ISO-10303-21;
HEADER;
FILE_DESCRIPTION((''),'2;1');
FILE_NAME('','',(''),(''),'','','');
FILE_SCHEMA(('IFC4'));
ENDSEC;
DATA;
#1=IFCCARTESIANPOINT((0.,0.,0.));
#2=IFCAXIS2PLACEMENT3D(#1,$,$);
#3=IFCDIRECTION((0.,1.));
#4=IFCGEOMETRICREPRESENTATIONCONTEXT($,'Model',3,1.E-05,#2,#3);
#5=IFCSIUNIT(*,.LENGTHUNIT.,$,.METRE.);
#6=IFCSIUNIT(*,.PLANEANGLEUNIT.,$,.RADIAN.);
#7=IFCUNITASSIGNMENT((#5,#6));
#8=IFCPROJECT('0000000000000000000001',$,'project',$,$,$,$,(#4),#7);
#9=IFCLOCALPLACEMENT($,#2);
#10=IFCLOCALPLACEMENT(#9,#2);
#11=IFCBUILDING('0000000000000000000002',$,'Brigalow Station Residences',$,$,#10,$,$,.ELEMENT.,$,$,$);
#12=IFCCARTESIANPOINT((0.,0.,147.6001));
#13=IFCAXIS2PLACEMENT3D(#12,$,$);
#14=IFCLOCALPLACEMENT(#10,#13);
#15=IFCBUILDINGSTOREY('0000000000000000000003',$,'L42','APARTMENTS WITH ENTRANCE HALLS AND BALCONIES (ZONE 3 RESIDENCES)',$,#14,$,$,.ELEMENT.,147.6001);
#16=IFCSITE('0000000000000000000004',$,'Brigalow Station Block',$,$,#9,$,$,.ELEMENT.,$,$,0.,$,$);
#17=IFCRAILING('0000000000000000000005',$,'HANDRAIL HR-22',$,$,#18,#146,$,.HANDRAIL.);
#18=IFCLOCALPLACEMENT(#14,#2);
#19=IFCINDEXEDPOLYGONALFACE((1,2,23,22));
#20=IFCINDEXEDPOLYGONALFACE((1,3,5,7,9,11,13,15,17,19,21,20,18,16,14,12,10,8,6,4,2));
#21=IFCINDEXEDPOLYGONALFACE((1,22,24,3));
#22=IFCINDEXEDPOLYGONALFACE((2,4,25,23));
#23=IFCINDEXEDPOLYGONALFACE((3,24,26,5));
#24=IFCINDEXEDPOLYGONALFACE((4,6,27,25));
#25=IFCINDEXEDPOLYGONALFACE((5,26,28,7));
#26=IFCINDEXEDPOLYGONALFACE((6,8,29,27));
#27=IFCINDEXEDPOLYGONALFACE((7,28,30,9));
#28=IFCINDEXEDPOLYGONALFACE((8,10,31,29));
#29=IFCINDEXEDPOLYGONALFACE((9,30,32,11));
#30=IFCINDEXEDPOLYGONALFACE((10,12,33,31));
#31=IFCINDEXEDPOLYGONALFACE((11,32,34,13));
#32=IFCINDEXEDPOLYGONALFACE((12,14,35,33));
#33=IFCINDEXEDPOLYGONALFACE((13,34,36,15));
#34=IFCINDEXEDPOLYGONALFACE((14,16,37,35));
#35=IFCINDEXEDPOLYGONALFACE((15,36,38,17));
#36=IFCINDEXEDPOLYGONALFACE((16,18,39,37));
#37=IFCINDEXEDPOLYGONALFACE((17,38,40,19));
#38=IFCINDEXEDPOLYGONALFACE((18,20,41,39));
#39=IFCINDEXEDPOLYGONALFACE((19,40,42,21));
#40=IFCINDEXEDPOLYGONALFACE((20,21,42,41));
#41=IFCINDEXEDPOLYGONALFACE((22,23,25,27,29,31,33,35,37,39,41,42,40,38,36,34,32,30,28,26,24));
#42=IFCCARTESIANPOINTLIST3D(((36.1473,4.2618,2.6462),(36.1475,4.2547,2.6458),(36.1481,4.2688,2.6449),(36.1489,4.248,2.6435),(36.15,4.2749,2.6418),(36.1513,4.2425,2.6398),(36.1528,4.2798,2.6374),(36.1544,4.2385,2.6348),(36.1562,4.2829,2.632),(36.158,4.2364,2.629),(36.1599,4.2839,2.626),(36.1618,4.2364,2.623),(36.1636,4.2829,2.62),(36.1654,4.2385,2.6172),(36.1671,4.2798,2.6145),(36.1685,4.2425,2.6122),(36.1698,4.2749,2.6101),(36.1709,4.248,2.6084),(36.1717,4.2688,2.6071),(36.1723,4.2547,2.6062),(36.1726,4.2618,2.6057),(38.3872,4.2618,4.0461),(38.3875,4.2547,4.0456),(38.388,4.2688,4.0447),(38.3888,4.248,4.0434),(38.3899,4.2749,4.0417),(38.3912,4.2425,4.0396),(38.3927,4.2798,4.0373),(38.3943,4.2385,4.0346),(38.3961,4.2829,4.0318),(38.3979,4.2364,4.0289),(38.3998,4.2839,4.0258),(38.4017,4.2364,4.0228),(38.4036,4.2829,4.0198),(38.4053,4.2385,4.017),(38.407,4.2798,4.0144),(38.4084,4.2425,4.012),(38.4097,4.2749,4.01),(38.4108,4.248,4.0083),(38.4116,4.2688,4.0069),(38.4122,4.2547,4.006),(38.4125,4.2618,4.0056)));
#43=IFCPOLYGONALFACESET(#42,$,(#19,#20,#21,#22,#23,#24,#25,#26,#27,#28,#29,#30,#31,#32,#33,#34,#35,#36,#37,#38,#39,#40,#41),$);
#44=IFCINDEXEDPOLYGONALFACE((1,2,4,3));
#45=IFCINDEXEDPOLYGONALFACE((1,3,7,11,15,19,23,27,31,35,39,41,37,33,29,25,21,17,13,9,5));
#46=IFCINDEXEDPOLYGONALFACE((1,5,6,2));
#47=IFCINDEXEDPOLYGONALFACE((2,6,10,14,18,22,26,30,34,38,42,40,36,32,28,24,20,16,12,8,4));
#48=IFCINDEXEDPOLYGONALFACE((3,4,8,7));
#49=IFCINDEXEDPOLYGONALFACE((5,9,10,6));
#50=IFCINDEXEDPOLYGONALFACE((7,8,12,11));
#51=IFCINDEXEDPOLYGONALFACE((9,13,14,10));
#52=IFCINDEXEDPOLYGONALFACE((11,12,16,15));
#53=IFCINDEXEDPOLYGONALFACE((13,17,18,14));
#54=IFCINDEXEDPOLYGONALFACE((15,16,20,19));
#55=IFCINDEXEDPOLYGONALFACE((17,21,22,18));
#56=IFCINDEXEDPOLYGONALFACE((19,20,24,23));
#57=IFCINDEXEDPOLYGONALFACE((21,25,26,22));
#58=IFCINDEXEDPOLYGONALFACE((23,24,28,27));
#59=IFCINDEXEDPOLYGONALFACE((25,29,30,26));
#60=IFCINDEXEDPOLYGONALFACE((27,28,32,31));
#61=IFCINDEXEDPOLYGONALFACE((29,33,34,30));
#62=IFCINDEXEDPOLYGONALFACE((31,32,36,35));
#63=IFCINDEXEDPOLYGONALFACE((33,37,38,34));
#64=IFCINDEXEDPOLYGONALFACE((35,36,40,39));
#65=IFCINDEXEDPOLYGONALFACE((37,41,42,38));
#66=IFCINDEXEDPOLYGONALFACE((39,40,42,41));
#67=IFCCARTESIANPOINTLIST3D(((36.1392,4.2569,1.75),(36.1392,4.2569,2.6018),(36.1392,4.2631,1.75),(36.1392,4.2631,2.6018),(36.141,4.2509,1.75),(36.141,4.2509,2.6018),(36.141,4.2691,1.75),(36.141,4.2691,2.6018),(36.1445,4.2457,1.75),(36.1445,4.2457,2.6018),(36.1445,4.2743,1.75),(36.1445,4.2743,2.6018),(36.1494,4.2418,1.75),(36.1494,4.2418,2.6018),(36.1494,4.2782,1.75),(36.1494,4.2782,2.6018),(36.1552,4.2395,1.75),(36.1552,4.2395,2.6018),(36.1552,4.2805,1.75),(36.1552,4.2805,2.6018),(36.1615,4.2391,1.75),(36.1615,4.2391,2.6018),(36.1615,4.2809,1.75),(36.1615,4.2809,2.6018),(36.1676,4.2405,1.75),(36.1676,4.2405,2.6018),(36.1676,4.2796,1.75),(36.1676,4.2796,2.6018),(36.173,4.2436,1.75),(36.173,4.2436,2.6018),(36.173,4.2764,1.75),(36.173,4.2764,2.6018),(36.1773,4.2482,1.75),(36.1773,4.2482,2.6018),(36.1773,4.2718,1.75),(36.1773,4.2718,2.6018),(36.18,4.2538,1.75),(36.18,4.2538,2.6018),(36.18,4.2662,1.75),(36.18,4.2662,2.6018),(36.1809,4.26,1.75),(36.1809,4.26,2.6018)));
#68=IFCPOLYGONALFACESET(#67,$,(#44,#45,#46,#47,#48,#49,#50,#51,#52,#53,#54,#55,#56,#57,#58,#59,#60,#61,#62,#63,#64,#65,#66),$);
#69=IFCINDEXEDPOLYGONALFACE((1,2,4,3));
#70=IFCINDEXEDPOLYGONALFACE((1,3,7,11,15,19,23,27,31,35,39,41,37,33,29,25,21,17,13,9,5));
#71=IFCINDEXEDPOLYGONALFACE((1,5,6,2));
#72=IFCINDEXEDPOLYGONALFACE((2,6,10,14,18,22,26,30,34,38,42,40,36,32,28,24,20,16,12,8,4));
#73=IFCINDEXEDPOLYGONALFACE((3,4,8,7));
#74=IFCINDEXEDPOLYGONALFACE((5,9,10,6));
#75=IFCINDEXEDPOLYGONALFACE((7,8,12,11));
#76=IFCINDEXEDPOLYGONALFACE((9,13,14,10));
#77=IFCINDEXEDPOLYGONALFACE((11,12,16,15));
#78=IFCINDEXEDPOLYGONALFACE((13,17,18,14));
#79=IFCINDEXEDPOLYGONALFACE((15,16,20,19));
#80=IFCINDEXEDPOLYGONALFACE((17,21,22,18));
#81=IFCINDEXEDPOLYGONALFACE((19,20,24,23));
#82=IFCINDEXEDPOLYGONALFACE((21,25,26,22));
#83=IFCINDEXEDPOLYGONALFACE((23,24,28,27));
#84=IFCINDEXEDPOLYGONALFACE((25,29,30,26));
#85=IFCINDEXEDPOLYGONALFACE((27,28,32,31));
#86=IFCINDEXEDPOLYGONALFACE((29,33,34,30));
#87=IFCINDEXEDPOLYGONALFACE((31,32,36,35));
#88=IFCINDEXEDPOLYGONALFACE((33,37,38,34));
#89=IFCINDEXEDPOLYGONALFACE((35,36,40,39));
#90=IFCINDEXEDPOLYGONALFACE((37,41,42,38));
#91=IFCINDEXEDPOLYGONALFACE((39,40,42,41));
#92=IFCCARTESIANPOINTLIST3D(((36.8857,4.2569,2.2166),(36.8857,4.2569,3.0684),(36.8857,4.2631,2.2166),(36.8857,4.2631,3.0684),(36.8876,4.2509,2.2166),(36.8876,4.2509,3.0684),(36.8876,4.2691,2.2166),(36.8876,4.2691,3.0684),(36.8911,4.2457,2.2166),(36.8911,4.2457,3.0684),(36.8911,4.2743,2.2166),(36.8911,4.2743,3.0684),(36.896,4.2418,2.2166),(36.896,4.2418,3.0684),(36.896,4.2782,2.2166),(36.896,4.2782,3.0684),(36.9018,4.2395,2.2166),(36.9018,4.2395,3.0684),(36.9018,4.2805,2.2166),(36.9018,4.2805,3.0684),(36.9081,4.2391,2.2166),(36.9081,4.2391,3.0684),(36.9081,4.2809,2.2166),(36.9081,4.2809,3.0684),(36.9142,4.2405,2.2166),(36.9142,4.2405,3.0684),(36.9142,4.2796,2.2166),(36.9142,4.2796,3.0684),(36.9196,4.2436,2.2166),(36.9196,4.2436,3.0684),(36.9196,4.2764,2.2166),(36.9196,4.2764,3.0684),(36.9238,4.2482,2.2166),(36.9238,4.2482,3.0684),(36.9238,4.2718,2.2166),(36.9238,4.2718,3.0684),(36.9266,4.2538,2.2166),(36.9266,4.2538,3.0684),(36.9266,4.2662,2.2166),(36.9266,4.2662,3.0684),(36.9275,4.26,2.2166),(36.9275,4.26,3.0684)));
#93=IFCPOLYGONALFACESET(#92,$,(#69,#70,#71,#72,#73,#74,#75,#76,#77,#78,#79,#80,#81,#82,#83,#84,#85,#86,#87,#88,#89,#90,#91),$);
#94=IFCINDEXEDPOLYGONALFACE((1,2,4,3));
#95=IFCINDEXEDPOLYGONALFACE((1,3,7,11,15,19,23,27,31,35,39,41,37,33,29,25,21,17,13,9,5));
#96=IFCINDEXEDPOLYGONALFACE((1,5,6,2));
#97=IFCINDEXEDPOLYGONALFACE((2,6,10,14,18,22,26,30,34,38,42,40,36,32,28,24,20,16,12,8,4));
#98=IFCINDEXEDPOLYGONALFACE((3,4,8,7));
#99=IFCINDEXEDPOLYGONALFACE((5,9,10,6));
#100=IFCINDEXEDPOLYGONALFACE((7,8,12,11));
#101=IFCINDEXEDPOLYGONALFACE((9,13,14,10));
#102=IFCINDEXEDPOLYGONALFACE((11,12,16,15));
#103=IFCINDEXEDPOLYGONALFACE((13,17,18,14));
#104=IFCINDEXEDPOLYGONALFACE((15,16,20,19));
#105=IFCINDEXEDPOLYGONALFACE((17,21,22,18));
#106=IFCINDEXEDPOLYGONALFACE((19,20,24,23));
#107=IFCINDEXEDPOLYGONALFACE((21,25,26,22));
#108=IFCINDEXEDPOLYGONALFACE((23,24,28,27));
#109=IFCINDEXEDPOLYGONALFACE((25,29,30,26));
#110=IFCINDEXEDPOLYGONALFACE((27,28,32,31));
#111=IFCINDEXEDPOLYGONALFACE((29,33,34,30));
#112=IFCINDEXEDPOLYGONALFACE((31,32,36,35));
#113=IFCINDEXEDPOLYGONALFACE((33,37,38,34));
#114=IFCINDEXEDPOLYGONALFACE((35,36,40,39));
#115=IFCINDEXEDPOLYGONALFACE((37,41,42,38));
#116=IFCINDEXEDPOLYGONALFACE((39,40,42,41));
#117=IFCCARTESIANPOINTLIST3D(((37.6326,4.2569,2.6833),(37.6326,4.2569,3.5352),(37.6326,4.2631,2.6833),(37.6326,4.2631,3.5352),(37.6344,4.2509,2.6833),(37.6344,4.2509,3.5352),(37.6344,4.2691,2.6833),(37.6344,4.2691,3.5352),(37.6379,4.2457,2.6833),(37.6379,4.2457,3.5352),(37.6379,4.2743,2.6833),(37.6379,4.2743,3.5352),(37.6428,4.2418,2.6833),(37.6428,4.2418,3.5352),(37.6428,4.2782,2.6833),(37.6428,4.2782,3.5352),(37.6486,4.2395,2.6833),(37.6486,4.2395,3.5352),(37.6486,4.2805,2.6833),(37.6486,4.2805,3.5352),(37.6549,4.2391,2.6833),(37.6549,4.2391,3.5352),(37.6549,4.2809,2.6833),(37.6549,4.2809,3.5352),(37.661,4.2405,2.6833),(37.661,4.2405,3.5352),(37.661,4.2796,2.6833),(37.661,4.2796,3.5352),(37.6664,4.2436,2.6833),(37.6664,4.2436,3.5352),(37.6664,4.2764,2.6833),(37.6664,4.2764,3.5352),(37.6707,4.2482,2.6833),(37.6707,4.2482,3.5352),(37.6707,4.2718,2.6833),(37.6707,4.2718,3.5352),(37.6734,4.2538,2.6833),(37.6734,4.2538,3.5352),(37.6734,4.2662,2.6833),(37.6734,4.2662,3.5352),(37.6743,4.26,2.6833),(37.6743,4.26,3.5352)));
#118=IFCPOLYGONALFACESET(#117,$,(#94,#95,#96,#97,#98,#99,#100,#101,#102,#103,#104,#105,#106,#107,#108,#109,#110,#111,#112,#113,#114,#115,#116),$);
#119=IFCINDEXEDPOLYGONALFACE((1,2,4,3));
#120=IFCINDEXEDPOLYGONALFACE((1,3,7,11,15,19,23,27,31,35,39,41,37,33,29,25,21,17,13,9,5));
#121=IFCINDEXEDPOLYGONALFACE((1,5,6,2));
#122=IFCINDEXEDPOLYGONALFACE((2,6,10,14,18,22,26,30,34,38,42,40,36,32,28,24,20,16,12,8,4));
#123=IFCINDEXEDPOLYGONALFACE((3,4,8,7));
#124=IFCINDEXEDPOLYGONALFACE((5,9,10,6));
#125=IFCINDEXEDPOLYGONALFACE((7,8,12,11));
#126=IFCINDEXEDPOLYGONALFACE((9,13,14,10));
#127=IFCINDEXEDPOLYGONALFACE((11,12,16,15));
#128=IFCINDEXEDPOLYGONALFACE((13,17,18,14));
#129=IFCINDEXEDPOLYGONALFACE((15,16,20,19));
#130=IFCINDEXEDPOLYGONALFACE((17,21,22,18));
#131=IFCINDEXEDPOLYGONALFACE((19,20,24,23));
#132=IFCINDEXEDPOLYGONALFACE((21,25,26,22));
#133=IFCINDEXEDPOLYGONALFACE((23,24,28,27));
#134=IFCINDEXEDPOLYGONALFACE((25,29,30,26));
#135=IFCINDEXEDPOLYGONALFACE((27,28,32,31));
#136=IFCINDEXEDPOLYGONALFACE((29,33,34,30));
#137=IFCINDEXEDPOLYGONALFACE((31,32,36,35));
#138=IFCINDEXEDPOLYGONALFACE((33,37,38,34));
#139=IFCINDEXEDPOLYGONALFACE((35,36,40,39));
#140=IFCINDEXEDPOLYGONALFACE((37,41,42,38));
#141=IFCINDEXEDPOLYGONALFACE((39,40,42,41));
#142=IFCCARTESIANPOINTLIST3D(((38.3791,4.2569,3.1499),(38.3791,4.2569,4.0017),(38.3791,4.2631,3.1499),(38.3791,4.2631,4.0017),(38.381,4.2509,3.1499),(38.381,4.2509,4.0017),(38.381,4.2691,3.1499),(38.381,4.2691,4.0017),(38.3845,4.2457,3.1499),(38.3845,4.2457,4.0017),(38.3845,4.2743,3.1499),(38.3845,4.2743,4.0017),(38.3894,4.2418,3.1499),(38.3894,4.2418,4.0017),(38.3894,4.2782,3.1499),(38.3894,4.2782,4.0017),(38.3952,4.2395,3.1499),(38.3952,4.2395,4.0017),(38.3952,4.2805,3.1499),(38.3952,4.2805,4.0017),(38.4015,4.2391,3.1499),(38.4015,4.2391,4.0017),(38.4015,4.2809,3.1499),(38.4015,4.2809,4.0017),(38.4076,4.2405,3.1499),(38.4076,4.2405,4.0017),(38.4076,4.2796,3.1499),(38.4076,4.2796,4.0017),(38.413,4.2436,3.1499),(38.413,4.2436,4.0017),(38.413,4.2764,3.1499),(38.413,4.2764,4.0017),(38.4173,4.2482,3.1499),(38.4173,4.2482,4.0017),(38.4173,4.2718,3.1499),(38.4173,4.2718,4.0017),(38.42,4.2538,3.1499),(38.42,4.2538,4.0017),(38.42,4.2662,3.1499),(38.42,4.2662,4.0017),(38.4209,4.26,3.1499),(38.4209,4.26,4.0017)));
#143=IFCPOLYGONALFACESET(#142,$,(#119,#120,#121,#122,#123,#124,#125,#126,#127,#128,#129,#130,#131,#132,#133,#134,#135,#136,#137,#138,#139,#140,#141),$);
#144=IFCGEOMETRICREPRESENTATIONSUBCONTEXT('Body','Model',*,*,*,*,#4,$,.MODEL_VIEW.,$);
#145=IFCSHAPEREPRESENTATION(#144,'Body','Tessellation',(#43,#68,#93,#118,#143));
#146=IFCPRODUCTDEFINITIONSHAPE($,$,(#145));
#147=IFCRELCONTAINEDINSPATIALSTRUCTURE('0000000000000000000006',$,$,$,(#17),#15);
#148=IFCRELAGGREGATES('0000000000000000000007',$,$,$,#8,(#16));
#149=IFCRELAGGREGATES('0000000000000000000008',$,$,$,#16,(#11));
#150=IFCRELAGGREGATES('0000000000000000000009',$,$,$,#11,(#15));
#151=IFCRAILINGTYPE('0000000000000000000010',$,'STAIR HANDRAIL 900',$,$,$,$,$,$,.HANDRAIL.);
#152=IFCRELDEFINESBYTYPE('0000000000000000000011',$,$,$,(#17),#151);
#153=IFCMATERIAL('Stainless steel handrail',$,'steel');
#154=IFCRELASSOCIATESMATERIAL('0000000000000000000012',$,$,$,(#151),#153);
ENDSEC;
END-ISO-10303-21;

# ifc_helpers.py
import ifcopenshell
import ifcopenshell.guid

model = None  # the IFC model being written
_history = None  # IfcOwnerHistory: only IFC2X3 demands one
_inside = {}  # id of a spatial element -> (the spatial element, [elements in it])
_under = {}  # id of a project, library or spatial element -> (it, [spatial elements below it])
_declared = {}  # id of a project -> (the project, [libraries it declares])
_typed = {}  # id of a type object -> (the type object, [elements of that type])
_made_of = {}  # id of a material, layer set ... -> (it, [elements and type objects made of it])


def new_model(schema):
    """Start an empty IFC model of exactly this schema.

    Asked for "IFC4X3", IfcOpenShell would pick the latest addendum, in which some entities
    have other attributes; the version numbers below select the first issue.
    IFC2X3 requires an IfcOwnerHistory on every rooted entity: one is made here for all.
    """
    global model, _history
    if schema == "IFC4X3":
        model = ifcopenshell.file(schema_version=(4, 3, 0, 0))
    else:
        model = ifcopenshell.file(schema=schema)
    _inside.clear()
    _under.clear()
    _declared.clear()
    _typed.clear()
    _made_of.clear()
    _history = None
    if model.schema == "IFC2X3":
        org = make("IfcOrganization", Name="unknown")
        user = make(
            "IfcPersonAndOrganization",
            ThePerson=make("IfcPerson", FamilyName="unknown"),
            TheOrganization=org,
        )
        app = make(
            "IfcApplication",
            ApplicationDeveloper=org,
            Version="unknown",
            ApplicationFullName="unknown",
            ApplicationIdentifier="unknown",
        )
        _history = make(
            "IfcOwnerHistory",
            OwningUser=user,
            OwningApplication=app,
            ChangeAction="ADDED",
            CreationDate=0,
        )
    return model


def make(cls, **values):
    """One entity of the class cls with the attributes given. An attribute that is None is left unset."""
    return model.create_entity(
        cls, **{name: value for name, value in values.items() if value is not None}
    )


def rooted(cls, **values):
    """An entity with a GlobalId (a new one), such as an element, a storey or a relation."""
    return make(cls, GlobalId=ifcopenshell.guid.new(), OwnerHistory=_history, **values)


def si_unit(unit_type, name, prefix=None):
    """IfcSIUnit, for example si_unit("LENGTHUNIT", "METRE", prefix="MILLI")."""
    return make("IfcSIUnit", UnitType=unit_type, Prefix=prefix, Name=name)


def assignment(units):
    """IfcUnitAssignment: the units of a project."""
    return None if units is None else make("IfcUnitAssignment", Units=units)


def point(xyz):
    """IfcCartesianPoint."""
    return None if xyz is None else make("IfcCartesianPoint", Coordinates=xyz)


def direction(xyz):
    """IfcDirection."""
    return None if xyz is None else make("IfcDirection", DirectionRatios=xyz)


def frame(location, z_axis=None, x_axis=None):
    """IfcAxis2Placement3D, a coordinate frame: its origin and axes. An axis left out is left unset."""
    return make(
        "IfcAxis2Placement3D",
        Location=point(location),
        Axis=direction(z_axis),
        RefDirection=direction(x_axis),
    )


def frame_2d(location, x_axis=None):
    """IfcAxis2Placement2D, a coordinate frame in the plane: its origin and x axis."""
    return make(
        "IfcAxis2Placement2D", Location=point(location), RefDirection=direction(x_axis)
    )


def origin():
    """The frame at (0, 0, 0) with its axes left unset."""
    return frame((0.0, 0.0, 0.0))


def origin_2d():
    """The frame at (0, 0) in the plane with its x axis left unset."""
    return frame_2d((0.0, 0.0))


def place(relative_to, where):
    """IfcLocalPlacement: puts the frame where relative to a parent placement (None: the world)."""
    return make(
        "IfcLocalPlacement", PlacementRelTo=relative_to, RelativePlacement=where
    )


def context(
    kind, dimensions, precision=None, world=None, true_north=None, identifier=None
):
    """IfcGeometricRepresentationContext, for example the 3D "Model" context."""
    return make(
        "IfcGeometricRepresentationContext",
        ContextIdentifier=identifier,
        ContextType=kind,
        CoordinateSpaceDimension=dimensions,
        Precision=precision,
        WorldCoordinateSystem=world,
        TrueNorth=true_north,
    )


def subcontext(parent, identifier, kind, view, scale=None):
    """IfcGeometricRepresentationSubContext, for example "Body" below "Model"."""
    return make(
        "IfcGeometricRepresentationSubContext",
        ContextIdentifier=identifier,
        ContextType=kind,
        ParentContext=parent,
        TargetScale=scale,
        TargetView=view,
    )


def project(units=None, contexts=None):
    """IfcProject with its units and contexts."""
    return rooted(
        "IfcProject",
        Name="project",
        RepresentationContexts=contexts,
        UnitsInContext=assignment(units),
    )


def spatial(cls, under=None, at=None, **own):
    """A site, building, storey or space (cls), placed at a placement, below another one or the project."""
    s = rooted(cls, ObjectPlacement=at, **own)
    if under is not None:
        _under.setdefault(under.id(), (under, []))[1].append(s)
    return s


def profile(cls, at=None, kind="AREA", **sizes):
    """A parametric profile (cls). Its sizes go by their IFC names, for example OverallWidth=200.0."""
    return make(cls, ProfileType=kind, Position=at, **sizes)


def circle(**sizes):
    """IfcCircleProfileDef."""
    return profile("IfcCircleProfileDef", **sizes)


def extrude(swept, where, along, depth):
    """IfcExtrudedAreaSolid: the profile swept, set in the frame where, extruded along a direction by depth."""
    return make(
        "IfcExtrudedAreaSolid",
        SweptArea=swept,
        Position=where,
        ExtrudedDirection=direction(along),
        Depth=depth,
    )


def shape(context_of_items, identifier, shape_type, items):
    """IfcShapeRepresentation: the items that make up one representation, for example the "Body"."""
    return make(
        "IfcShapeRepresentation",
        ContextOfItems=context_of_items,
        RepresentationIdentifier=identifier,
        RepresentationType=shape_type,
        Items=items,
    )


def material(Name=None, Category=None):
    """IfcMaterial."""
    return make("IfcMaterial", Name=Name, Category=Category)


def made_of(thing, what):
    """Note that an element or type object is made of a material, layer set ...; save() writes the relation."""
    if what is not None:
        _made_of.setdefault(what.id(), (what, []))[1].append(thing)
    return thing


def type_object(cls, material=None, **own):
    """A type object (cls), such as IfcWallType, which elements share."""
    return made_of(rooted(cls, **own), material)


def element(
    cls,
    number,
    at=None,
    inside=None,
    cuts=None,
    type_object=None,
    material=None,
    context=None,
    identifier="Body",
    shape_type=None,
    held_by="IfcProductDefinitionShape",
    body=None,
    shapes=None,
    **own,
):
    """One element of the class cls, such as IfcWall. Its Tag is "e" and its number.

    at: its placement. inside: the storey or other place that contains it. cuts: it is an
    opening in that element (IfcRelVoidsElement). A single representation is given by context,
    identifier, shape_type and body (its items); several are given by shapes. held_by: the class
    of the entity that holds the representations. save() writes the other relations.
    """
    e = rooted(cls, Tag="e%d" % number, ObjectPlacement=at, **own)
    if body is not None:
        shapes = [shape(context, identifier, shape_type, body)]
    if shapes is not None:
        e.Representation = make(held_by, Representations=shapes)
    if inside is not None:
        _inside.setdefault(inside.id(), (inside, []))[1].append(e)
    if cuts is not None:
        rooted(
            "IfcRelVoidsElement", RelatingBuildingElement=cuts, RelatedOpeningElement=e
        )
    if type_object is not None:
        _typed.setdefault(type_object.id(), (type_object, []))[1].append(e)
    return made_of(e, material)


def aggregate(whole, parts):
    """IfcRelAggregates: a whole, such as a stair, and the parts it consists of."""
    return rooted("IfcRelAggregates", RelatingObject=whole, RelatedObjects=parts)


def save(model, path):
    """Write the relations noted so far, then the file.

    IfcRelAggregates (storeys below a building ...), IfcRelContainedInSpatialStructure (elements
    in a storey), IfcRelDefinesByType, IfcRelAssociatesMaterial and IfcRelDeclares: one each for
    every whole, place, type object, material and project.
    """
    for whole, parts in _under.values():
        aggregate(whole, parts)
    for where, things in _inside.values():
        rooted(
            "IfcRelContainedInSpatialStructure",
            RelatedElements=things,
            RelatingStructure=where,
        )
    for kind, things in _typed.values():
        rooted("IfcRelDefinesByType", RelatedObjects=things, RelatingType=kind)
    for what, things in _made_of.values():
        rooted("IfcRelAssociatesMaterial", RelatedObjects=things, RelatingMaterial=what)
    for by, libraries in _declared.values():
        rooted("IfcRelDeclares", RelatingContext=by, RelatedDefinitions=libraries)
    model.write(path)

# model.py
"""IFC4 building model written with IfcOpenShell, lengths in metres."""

from ifc_helpers import new_model, si_unit, direction, frame, origin, origin_2d, place, context, subcontext, project, spatial, circle, extrude, material, type_object, element, save


model = new_model("IFC4")

# Units and contexts
model_context = context("Model", 3, precision=1e-05, world=origin(), true_north=direction((0.0, 1.0)))
body_context = subcontext(model_context, "Body", "Model", "MODEL_VIEW")
ifc_project = project(units=[si_unit("LENGTHUNIT", "METRE"), si_unit("PLANEANGLEUNIT", "RADIAN")], contexts=[model_context])

# Site, building, storey
site_placement = place(None, origin())
site = spatial("IfcSite", under=ifc_project, at=site_placement, Name="Brigalow Station Block", CompositionType="ELEMENT", RefElevation=0.0)
building_placement = place(site_placement, origin())
building = spatial("IfcBuilding", under=site, at=building_placement, Name="Brigalow Station Residences", CompositionType="ELEMENT")
storey_placement = place(building_placement, frame((0.0, 0.0, 147.6001)))
storey = spatial("IfcBuildingStorey", under=building, at=storey_placement, Name="L42", Description="APARTMENTS WITH ENTRANCE HALLS AND BALCONIES (ZONE 3 RESIDENCES)", CompositionType="ELEMENT", Elevation=147.6001)

# Railing
ifc_material_1 = material(Name="Stainless steel handrail", Category="steel")
railing_type_1 = type_object("IfcRailingType", Name="STAIR HANDRAIL 900", PredefinedType="HANDRAIL", material=ifc_material_1)
railing_1_placement = place(storey_placement, frame((36.1599, 4.26, 1.75)))
element("IfcRailing", 1, at=railing_1_placement, inside=storey, type_object=railing_type_1, Name="HANDRAIL HR-22", PredefinedType="HANDRAIL", context=body_context, shape_type="SweptSolid", body=[
    extrude(circle(Radius=0.0239, at=origin_2d()), frame((0.0, 0.0, 0.876), z_axis=(0.848014, 0.0, 0.529974), x_axis=(0.0, 1.0, 0.0)), (0.0, 0.0, 1.0), 2.6414),
    extrude(circle(Radius=0.021, at=origin_2d()), origin(), (0.0, 0.0, 1.0), 0.8518),
    extrude(circle(Radius=0.021, at=origin_2d()), frame((0.7466, 0.0, 0.4666)), (0.0, 0.0, 1.0), 0.8518),
    extrude(circle(Radius=0.021, at=origin_2d()), frame((1.4934, 0.0, 0.9333)), (0.0, 0.0, 1.0), 0.8518),
    extrude(circle(Radius=0.021, at=origin_2d()), frame((2.24, 0.0, 1.3999)), (0.0, 0.0, 1.0), 0.8518),
])

save(model, "model.ifc")
